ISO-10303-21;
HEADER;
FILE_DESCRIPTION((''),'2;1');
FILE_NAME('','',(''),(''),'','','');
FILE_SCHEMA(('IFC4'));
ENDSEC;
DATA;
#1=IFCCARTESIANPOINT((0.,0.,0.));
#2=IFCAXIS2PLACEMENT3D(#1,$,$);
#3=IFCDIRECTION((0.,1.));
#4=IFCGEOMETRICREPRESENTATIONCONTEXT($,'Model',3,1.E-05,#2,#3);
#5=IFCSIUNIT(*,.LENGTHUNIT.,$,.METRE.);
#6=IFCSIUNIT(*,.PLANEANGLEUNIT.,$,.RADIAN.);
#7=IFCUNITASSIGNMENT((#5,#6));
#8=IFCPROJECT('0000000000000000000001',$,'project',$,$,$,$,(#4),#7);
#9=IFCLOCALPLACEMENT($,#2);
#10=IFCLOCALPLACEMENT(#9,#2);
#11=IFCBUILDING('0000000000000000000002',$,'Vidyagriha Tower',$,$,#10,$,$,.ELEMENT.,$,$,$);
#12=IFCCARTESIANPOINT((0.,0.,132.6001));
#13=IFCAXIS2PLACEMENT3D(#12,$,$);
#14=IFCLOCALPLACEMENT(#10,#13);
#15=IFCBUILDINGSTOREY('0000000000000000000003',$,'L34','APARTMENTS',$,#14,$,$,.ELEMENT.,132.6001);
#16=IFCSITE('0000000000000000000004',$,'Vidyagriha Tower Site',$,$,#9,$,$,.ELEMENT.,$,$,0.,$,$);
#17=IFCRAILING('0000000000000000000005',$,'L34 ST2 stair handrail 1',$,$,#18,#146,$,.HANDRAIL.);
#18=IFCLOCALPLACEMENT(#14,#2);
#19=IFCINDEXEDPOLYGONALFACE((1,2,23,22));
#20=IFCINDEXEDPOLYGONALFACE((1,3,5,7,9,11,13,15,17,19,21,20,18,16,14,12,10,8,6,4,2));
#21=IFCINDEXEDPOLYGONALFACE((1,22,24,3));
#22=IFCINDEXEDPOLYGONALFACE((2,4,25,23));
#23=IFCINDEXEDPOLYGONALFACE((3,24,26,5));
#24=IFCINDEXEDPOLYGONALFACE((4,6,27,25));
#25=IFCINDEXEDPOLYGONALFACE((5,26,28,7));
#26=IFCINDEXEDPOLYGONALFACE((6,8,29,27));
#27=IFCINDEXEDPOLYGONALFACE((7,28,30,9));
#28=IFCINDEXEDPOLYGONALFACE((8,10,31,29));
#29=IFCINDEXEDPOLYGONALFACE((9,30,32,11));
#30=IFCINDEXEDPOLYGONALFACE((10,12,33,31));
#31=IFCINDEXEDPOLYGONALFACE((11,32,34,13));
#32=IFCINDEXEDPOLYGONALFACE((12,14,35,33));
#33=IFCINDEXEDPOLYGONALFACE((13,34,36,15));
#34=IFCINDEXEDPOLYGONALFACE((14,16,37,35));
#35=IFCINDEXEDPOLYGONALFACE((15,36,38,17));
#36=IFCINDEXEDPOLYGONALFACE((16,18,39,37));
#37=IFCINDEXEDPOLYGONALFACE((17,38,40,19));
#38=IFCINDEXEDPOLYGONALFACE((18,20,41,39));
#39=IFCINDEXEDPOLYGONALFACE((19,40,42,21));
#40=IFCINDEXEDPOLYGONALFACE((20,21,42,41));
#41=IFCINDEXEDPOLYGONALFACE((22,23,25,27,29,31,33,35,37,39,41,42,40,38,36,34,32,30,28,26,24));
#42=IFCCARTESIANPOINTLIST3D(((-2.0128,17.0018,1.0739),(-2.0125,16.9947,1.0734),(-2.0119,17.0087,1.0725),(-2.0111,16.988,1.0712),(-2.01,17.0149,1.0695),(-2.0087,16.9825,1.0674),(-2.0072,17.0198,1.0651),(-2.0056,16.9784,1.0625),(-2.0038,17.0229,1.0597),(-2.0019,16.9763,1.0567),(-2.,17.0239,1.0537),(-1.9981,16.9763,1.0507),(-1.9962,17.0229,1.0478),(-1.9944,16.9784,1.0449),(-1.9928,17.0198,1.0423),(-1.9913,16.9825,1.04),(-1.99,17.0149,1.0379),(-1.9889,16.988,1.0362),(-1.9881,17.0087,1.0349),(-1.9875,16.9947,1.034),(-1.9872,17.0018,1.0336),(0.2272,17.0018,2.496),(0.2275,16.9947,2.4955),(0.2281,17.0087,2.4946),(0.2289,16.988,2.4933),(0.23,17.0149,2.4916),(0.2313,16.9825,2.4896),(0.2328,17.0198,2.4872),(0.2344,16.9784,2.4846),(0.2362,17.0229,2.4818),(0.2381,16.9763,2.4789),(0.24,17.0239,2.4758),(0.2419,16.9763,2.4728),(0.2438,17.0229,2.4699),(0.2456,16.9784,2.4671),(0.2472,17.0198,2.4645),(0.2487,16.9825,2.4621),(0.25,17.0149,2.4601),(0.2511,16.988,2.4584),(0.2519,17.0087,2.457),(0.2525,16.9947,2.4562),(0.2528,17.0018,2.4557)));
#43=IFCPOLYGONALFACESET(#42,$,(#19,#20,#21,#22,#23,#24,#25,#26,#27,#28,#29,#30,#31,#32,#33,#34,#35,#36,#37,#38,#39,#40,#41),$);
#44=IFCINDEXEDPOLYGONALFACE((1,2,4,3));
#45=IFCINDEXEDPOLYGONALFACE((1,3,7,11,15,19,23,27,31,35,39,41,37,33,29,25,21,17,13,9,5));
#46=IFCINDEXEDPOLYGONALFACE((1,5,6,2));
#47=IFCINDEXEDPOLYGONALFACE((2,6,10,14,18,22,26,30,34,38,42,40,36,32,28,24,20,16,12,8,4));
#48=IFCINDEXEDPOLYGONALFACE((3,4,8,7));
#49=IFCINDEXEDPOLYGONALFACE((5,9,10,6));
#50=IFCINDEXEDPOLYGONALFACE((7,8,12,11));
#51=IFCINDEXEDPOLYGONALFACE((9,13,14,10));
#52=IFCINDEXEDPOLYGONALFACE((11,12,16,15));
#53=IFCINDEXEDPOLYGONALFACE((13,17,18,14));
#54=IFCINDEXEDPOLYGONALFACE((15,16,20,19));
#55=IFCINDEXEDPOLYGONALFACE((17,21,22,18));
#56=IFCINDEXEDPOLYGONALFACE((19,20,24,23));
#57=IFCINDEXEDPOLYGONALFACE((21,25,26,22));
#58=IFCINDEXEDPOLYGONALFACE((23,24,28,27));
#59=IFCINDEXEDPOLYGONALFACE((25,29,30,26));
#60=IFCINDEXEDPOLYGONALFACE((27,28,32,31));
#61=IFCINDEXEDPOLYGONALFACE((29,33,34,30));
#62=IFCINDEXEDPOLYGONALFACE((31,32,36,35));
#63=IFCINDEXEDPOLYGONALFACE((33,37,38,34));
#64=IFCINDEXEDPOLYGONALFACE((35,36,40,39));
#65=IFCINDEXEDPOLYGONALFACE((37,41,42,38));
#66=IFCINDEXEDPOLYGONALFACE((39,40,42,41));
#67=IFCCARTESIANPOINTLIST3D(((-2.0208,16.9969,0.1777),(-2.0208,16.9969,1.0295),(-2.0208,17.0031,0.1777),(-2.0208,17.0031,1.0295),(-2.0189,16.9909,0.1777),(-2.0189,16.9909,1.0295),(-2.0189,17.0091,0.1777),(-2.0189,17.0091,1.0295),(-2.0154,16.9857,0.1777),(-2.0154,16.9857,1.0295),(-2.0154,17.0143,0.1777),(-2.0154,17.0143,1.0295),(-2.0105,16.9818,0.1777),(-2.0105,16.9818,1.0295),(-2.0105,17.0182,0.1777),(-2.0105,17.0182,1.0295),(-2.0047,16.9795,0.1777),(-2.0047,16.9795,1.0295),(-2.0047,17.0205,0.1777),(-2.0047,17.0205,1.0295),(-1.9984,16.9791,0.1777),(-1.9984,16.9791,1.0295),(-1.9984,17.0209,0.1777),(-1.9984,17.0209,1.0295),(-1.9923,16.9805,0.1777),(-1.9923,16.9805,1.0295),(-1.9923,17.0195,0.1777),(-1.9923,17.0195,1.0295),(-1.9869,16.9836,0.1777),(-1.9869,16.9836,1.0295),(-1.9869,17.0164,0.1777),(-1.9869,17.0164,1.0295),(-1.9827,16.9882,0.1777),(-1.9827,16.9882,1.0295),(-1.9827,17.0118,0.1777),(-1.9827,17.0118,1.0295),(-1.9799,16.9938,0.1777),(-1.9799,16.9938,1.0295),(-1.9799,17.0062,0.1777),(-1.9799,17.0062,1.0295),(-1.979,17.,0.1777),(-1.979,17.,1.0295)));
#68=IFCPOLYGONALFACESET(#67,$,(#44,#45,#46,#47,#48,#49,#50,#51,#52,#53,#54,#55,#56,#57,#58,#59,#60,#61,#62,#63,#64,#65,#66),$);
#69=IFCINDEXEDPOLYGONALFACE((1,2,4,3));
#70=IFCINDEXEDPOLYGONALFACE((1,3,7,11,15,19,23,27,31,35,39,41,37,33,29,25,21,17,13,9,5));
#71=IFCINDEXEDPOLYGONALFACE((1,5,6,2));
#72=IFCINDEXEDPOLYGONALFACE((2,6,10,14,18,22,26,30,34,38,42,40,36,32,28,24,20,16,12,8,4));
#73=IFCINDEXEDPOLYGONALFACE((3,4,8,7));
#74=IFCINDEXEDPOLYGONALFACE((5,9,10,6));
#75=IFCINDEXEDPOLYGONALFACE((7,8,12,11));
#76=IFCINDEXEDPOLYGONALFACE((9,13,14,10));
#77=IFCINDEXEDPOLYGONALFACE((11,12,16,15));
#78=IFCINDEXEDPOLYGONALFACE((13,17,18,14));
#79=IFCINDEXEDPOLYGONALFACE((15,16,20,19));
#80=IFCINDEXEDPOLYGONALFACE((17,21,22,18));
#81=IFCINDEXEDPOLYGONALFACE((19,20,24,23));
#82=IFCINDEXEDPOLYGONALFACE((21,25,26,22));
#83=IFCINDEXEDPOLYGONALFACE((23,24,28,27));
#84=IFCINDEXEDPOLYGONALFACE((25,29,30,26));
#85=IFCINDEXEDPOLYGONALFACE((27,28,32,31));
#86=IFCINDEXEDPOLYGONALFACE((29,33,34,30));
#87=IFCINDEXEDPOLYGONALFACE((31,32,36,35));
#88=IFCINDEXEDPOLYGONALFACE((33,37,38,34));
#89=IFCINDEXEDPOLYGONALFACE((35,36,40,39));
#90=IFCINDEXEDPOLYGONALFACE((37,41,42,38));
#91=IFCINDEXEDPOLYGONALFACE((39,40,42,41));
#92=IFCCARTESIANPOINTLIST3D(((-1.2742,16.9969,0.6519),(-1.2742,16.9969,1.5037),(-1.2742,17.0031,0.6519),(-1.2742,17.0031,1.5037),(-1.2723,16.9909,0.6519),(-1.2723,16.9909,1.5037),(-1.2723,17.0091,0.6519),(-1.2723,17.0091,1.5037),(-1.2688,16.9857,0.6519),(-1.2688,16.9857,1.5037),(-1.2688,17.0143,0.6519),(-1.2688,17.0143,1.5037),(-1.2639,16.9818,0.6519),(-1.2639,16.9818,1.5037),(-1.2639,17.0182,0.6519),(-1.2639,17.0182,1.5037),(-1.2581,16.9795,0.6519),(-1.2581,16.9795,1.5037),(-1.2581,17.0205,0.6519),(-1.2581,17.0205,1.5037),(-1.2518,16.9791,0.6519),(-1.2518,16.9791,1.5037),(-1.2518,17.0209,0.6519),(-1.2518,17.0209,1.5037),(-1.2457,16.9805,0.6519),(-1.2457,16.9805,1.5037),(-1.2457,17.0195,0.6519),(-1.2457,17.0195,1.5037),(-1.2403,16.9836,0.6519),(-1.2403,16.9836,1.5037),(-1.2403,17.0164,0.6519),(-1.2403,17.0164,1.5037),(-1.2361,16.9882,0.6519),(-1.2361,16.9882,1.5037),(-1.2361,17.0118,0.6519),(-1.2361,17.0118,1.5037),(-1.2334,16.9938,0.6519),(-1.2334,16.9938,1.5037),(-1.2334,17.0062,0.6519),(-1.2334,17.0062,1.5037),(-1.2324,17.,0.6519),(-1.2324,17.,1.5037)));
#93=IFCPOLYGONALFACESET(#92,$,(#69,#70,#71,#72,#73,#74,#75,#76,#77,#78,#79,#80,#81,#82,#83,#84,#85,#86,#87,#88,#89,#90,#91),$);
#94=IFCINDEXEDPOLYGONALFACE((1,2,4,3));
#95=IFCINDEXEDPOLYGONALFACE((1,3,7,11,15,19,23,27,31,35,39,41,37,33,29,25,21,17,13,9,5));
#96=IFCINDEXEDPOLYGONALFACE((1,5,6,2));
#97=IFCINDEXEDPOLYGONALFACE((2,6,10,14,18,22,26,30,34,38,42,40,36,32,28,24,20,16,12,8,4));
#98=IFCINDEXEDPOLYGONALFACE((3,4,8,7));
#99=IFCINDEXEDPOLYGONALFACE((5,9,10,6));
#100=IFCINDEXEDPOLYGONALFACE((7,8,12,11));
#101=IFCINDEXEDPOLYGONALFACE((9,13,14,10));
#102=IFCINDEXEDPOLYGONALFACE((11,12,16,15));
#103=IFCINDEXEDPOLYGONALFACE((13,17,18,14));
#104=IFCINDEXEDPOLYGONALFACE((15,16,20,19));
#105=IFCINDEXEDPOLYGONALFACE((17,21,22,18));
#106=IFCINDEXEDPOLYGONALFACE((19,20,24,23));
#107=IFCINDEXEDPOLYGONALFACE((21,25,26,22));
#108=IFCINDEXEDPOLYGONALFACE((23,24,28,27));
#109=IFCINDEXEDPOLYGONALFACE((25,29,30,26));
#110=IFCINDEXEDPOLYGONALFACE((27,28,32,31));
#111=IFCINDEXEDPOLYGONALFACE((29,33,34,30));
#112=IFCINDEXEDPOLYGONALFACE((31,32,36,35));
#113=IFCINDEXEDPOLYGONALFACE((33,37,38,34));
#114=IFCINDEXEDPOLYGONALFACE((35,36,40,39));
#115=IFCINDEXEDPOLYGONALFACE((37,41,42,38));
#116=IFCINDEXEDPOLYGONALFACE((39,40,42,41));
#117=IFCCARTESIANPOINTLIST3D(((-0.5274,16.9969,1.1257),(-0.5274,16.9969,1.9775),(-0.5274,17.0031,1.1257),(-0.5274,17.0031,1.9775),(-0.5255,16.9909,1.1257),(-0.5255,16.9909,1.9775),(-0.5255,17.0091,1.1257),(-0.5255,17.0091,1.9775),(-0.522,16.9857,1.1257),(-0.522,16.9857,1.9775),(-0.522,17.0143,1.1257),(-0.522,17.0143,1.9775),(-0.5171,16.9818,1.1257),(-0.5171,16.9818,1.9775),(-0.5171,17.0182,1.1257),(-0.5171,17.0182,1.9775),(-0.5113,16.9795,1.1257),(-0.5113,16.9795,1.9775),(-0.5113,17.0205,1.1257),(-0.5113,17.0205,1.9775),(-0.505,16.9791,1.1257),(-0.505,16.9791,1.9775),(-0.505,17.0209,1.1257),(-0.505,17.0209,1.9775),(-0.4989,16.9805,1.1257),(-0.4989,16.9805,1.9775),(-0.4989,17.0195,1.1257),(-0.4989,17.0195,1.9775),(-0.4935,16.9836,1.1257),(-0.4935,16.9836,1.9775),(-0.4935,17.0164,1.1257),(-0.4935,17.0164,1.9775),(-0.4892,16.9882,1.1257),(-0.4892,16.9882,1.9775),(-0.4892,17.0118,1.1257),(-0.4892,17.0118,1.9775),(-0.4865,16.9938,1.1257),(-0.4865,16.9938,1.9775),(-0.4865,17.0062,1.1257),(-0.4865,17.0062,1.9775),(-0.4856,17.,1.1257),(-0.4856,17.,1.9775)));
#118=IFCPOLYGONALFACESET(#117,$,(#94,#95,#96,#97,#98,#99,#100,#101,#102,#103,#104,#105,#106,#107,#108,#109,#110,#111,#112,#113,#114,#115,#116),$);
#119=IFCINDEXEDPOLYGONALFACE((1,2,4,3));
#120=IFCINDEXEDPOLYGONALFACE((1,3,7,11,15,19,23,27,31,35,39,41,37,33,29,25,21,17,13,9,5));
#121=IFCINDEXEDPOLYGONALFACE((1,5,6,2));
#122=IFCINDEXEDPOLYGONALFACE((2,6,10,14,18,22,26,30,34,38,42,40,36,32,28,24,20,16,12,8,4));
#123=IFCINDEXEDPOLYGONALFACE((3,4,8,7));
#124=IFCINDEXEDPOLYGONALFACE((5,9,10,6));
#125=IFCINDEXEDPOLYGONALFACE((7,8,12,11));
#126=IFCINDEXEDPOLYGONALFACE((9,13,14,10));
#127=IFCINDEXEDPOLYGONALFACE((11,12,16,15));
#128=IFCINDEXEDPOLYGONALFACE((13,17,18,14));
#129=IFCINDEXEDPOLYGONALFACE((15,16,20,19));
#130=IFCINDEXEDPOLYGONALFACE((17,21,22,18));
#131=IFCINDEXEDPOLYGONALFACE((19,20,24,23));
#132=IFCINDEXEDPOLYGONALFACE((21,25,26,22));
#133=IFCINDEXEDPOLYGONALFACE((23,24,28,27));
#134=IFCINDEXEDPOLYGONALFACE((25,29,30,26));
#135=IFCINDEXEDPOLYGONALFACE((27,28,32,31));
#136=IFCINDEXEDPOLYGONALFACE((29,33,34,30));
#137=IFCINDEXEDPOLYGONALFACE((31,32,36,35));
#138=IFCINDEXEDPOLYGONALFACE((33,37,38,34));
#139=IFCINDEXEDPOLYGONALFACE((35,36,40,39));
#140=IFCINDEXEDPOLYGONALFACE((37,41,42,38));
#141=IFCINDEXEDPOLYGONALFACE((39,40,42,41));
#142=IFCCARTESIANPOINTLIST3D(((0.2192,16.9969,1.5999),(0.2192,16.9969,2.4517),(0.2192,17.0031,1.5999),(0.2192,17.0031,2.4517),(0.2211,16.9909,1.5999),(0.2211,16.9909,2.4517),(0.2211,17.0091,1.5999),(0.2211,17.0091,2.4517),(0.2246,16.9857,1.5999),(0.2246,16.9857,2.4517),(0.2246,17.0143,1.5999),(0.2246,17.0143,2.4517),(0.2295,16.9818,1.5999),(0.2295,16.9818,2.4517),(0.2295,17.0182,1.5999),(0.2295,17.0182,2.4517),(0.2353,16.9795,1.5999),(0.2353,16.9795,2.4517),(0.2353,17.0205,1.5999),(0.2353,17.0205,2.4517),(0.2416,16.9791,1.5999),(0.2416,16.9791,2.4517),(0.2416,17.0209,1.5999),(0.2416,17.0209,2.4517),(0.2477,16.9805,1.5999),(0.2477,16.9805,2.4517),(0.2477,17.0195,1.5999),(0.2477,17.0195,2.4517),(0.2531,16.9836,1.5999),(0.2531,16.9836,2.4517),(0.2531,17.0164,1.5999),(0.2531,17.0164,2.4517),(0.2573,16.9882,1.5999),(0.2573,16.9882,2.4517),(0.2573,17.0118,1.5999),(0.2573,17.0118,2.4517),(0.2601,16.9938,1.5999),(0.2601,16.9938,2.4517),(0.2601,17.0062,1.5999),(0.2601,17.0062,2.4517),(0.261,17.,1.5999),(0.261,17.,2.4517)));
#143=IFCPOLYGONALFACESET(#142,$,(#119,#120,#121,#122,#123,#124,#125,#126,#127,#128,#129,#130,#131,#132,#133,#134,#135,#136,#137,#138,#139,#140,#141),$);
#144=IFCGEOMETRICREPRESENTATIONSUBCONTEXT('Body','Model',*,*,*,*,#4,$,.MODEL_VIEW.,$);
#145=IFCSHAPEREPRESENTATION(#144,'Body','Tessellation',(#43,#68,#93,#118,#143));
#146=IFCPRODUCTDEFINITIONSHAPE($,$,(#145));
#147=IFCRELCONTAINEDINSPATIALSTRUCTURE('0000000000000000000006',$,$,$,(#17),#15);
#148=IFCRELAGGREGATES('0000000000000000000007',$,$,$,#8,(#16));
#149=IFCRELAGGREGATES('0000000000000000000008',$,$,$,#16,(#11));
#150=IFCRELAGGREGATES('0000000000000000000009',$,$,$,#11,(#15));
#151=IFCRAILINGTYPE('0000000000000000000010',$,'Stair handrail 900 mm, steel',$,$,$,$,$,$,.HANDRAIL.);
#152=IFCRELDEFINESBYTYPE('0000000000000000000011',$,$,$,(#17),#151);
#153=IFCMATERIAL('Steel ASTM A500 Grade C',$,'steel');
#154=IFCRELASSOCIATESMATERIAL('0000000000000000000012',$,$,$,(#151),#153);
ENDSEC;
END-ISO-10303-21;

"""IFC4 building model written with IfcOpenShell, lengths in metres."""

from ifc_helpers import new_model, si_unit, direction, frame, origin, origin_2d, place, context, subcontext, project, spatial, circle, extrude, material, type_object, element, save


model = new_model("IFC4")

# Units and contexts
model_context = context("Model", 3, precision=1e-05, world=origin(), true_north=direction((0.0, 1.0)))
body_context = subcontext(model_context, "Body", "Model", "MODEL_VIEW")
ifc_project = project(units=[si_unit("LENGTHUNIT", "METRE"), si_unit("PLANEANGLEUNIT", "RADIAN")], contexts=[model_context])

# Site, building, storey
site_placement = place(None, origin())
site = spatial("IfcSite", under=ifc_project, at=site_placement, Name="Vidyagriha Tower Site", CompositionType="ELEMENT", RefElevation=0.0)
building_placement = place(site_placement, origin())
building = spatial("IfcBuilding", under=site, at=building_placement, Name="Vidyagriha Tower", CompositionType="ELEMENT")
storey_placement = place(building_placement, frame((0.0, 0.0, 132.6001)))
storey = spatial("IfcBuildingStorey", under=building, at=storey_placement, Name="L34", Description="APARTMENTS", CompositionType="ELEMENT", Elevation=132.6001)

# Railing
ifc_material_1 = material(Name="Steel ASTM A500 Grade C", Category="steel")
railing_type_1 = type_object("IfcRailingType", Name="Stair handrail 900 mm, steel", PredefinedType="HANDRAIL", material=ifc_material_1)
railing_1_placement = place(storey_placement, frame((-2.0, 17.0, 0.1777)))
element("IfcRailing", 1, at=railing_1_placement, inside=storey, type_object=railing_type_1, Name="L34 ST2 stair handrail 1", PredefinedType="HANDRAIL", context=body_context, shape_type="SweptSolid", body=[
    extrude(circle(Radius=0.0239, at=origin_2d()), frame((0.0, 0.0, 0.876), z_axis=(0.844229, 0.0, 0.535982), x_axis=(0.0, 1.0, 0.0)), (0.0, 0.0, 1.0), 2.6533),
    extrude(circle(Radius=0.021, at=origin_2d()), origin(), (0.0, 0.0, 1.0), 0.8518),
    extrude(circle(Radius=0.021, at=origin_2d()), frame((0.7466, 0.0, 0.4741)), (0.0, 0.0, 1.0), 0.8518),
    extrude(circle(Radius=0.021, at=origin_2d()), frame((1.4934, 0.0, 0.948)), (0.0, 0.0, 1.0), 0.8518),
    extrude(circle(Radius=0.021, at=origin_2d()), frame((2.24, 0.0, 1.4221)), (0.0, 0.0, 1.0), 0.8518),
])

save(model, "model.ifc")
